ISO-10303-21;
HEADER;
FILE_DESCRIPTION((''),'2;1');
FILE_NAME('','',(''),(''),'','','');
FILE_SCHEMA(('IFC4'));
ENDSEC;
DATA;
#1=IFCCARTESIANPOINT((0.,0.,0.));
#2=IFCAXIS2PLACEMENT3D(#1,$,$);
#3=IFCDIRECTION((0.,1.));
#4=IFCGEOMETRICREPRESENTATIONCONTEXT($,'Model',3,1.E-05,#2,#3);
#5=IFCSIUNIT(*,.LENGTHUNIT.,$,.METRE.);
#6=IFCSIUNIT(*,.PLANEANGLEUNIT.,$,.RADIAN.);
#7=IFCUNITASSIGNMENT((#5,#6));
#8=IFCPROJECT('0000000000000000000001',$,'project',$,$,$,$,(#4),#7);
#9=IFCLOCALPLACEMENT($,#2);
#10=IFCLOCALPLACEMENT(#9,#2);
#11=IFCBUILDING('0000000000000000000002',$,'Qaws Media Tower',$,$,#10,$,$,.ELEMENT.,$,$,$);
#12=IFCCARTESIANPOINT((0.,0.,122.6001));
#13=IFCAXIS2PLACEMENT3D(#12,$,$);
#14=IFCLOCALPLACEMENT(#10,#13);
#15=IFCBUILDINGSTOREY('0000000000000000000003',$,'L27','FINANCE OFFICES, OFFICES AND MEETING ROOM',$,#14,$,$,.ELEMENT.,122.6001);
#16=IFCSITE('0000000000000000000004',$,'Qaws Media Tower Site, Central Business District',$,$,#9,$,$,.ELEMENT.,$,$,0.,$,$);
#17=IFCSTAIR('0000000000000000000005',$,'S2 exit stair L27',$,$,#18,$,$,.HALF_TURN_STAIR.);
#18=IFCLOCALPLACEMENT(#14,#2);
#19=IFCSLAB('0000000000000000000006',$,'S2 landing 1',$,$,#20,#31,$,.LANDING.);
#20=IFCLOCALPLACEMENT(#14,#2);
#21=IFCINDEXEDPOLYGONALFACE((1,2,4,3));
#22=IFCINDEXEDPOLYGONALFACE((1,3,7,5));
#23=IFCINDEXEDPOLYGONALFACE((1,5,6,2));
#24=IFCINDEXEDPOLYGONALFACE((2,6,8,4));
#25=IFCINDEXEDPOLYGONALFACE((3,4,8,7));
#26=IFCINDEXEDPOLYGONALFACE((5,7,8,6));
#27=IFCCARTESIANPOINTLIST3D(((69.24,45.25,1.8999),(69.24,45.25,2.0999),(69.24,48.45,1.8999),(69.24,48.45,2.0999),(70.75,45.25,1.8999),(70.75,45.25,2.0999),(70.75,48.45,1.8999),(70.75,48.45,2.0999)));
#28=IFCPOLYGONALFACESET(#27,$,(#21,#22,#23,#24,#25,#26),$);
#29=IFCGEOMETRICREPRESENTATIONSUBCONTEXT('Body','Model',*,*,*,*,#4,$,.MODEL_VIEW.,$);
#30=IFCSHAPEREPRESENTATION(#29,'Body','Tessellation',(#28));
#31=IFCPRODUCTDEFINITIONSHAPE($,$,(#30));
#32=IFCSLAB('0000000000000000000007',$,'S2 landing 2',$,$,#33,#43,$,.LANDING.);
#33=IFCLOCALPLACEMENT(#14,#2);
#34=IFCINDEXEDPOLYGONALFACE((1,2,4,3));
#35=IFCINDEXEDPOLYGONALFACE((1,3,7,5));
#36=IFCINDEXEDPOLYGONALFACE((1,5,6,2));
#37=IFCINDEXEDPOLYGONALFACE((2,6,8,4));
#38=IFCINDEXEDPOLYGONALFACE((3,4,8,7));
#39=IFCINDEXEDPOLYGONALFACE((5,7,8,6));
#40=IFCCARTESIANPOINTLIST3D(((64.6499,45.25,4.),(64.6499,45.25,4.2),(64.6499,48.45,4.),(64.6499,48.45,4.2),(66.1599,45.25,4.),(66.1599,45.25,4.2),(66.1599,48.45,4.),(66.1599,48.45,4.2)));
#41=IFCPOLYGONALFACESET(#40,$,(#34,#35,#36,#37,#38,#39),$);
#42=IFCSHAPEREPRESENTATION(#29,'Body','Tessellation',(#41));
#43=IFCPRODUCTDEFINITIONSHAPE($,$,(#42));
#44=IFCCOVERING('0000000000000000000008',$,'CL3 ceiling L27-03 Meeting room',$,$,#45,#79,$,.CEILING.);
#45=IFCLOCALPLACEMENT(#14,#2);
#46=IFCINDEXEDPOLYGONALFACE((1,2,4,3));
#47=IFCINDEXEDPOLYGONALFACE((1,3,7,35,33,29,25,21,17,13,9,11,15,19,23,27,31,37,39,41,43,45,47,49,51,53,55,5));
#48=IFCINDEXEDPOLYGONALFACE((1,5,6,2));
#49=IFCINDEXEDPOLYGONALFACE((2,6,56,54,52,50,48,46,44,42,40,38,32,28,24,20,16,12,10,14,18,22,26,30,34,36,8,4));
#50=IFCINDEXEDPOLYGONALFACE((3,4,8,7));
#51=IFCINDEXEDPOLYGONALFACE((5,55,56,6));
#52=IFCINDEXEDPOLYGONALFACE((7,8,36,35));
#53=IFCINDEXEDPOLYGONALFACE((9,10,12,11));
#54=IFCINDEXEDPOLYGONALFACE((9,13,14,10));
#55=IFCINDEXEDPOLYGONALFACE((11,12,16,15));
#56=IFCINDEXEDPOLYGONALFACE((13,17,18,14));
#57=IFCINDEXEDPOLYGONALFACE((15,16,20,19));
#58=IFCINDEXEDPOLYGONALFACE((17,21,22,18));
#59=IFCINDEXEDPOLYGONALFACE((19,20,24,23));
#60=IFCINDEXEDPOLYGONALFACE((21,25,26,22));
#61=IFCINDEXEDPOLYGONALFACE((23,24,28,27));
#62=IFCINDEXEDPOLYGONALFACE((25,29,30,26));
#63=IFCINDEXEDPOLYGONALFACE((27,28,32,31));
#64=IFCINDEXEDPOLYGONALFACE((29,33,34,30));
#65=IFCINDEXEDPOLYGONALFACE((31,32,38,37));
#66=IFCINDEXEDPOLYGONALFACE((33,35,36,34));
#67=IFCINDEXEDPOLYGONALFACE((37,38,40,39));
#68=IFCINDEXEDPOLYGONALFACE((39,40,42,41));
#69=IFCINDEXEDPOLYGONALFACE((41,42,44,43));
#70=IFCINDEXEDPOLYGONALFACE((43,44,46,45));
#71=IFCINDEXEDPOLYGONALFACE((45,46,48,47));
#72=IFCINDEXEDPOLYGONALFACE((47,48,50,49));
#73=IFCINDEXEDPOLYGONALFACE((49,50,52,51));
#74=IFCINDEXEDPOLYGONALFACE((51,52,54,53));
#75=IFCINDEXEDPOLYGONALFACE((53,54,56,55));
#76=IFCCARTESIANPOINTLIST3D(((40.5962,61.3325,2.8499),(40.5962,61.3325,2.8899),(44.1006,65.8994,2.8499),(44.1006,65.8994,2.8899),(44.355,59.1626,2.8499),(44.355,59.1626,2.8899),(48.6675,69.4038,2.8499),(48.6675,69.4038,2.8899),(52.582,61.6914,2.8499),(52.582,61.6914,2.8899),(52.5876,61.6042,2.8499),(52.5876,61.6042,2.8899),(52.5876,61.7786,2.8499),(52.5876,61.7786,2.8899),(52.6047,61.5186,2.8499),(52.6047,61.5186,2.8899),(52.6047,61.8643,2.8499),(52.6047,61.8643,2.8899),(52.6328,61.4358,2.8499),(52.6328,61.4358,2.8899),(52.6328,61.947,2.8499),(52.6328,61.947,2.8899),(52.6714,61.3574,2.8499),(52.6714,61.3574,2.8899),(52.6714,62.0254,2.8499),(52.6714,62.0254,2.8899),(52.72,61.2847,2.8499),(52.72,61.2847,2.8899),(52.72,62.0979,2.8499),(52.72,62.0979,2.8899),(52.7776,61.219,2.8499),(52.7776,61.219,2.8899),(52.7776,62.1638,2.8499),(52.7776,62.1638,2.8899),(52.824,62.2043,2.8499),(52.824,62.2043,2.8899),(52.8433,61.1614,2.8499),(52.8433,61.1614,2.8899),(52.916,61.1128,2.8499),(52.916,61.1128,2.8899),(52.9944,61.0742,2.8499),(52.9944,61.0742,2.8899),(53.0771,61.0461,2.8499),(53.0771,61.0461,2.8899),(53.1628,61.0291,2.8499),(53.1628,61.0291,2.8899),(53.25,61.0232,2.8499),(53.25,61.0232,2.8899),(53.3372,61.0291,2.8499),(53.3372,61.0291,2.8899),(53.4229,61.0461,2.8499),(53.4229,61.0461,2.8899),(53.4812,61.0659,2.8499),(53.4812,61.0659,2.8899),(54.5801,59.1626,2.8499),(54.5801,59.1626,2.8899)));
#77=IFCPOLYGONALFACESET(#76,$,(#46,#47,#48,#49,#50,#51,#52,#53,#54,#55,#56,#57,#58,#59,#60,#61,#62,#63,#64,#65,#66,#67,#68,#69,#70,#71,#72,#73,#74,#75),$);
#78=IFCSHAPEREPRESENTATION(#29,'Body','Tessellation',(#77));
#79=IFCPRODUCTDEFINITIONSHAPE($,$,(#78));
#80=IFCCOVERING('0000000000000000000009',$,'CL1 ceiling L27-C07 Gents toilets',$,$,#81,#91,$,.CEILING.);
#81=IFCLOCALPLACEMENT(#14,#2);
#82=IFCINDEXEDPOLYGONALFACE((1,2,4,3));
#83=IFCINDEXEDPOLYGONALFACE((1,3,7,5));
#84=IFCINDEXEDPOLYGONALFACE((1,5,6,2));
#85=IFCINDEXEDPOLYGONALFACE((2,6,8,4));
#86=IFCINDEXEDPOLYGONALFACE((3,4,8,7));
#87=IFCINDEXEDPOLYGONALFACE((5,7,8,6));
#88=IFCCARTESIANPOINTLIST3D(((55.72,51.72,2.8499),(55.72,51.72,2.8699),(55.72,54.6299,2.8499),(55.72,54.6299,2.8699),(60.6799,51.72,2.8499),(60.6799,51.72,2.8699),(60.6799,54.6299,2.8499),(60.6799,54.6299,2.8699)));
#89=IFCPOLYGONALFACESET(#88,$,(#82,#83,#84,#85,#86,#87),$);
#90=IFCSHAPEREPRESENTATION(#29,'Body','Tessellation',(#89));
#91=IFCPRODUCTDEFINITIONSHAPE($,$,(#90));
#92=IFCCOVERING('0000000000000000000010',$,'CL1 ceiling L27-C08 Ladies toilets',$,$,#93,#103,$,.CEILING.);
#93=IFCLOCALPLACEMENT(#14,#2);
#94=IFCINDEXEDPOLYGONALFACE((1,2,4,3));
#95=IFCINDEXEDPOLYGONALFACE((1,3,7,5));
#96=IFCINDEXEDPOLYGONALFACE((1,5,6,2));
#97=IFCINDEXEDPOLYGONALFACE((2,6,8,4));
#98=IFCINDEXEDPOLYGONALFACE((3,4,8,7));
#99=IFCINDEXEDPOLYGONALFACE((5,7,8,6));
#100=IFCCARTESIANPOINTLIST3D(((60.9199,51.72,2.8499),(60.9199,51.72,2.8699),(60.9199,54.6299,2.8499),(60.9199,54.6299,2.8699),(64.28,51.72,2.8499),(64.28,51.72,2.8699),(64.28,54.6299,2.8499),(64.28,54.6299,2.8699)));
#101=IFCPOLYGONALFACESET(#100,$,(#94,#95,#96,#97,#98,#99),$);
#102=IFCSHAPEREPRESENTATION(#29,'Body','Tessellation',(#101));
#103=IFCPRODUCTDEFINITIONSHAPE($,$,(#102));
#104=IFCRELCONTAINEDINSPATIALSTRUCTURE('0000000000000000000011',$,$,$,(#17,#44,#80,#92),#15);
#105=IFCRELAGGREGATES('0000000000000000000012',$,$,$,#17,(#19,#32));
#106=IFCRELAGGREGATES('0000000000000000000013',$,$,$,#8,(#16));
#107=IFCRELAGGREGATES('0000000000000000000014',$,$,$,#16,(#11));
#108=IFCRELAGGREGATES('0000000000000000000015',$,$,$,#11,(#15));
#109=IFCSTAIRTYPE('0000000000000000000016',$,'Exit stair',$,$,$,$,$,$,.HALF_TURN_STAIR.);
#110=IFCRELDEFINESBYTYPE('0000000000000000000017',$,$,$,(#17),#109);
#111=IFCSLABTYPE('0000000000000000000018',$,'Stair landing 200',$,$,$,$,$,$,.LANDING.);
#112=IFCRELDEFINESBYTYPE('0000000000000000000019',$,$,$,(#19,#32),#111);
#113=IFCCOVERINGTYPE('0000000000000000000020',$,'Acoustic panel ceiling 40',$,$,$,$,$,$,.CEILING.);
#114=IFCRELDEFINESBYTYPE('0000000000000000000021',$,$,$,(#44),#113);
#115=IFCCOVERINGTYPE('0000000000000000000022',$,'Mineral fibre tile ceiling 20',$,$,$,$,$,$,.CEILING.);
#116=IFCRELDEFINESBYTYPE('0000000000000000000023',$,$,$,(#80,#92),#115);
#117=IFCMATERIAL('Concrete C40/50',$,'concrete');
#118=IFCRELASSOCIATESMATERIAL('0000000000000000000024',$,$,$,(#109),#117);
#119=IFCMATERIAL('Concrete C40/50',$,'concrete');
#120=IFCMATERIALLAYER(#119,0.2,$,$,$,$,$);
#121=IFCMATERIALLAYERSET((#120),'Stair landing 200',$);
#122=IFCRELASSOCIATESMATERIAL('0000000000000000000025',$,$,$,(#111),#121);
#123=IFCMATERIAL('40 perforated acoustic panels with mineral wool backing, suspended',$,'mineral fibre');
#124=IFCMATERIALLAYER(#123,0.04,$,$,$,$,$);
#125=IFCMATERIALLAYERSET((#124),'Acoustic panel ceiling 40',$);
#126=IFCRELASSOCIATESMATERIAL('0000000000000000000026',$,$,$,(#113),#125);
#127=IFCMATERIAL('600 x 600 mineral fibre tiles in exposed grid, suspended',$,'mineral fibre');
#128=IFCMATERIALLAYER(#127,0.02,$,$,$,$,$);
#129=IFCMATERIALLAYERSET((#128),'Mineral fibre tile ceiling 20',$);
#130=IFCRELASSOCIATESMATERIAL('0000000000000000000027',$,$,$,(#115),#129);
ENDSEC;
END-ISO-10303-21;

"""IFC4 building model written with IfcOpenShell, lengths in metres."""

from ifc_helpers import new_model, si_unit, direction, frame, origin, place, context, subcontext, project, spatial, polyline, outline, extrude, material, layer, layer_set, type_object, element, aggregate, save


model = new_model("IFC4")

# Units and contexts
model_context = context("Model", 3, precision=1e-05, world=origin(), true_north=direction((0.0, 1.0)))
body_context = subcontext(model_context, "Body", "Model", "MODEL_VIEW")
ifc_project = project(units=[si_unit("LENGTHUNIT", "METRE"), si_unit("PLANEANGLEUNIT", "RADIAN")], contexts=[model_context])

# Site, building, storey
site_placement = place(None, origin())
site = spatial("IfcSite", under=ifc_project, at=site_placement, Name="Qaws Media Tower Site, Central Business District", CompositionType="ELEMENT", RefElevation=0.0)
building_placement = place(site_placement, origin())
building = spatial("IfcBuilding", under=site, at=building_placement, Name="Qaws Media Tower", CompositionType="ELEMENT")
storey_placement = place(building_placement, frame((0.0, 0.0, 122.6001)))
storey = spatial("IfcBuildingStorey", under=building, at=storey_placement, Name="L27", Description="FINANCE OFFICES, OFFICES AND MEETING ROOM", CompositionType="ELEMENT", Elevation=122.6001)

# Stair, slabs
ifc_material_1 = material(Name="Concrete C40/50", Category="concrete")
stair_type = type_object("IfcStairType", Name="Exit stair", PredefinedType="HALF_TURN_STAIR", material=ifc_material_1)
ifc_material_2 = material(Name="Concrete C40/50", Category="concrete")
ifc_layer_1 = layer(ifc_material_2, 0.2)
ifc_layer_set_1 = layer_set([ifc_layer_1], Name="Stair landing 200")
slab_type = type_object("IfcSlabType", Name="Stair landing 200", PredefinedType="LANDING", material=ifc_layer_set_1)
stair_1_placement = place(storey_placement, origin())
stair_1 = element("IfcStair", 1, at=stair_1_placement, inside=storey, type_object=stair_type, Name="S2 exit stair L27", PredefinedType="HALF_TURN_STAIR")
slab_1_placement = place(storey_placement, frame((0.0, 0.0, 1.8999)))
slab_1 = element("IfcSlab", 2, at=slab_1_placement, type_object=slab_type, Name="S2 landing 1", PredefinedType="LANDING", context=body_context, shape_type="SweptSolid", body=[
    extrude(outline(polyline([(69.24, 45.25), (70.75, 45.25), (70.75, 48.45), (69.24, 48.45), (69.24, 45.25)])), origin(), (0.0, 0.0, 1.0), 0.2),
])
slab_2_placement = place(storey_placement, frame((0.0, 0.0, 4.0)))
slab_2 = element("IfcSlab", 3, at=slab_2_placement, type_object=slab_type, Name="S2 landing 2", PredefinedType="LANDING", context=body_context, shape_type="SweptSolid", body=[
    extrude(outline(polyline([(64.6499, 45.25), (66.1599, 45.25), (66.1599, 48.45), (64.6499, 48.45), (64.6499, 45.25)])), origin(), (0.0, 0.0, 1.0), 0.2),
])
aggregate(stair_1, [slab_1, slab_2])

# Coverings
ifc_material_3 = material(Name="40 perforated acoustic panels with mineral wool backing, suspended", Category="mineral fibre")
ifc_layer_2 = layer(ifc_material_3, 0.04)
ifc_layer_set_2 = layer_set([ifc_layer_2], Name="Acoustic panel ceiling 40")
covering_type_1 = type_object("IfcCoveringType", Name="Acoustic panel ceiling 40", PredefinedType="CEILING", material=ifc_layer_set_2)
covering_1_placement = place(storey_placement, frame((0.0, 0.0, 2.8499)))
element("IfcCovering", 4, at=covering_1_placement, inside=storey, type_object=covering_type_1, Name="CL3 ceiling L27-03 Meeting room", PredefinedType="CEILING", context=body_context, shape_type="SweptSolid", body=[
    extrude(outline(polyline([(44.1006, 65.8994), (48.6675, 69.4038), (52.824, 62.2043), (52.7776, 62.1638), (52.72, 62.0979), (52.6714, 62.0254), (52.6328, 61.947), (52.6047, 61.8643), (52.5876, 61.7786), (52.582, 61.6914), (52.5876, 61.6042), (52.6047, 61.5186), (52.6328, 61.4358), (52.6714, 61.3574), (52.72, 61.2847), (52.7776, 61.219), (52.8433, 61.1614), (52.916, 61.1128), (52.9944, 61.0742), (53.0771, 61.0461), (53.1628, 61.0291), (53.25, 61.0232), (53.3372, 61.0291), (53.4229, 61.0461), (53.4812, 61.0659), (54.5801, 59.1626), (44.355, 59.1626), (40.5962, 61.3325), (44.1006, 65.8994)])), origin(), (0.0, 0.0, 1.0), 0.04),
])
ifc_material_4 = material(Name="600 x 600 mineral fibre tiles in exposed grid, suspended", Category="mineral fibre")
ifc_layer_3 = layer(ifc_material_4, 0.02)
ifc_layer_set_3 = layer_set([ifc_layer_3], Name="Mineral fibre tile ceiling 20")
covering_type_2 = type_object("IfcCoveringType", Name="Mineral fibre tile ceiling 20", PredefinedType="CEILING", material=ifc_layer_set_3)
covering_2_placement = place(storey_placement, frame((0.0, 0.0, 2.8499)))
element("IfcCovering", 5, at=covering_2_placement, inside=storey, type_object=covering_type_2, Name="CL1 ceiling L27-C07 Gents toilets", PredefinedType="CEILING", context=body_context, shape_type="SweptSolid", body=[
    extrude(outline(polyline([(55.72, 51.72), (55.72, 54.6299), (60.6799, 54.6299), (60.6799, 51.72), (55.72, 51.72)])), origin(), (0.0, 0.0, 1.0), 0.02),
])
covering_3_placement = place(storey_placement, frame((0.0, 0.0, 2.8499)))
element("IfcCovering", 6, at=covering_3_placement, inside=storey, type_object=covering_type_2, Name="CL1 ceiling L27-C08 Ladies toilets", PredefinedType="CEILING", context=body_context, shape_type="SweptSolid", body=[
    extrude(outline(polyline([(60.9199, 51.72), (60.9199, 54.6299), (64.28, 54.6299), (64.28, 51.72), (60.9199, 51.72)])), origin(), (0.0, 0.0, 1.0), 0.02),
])

save(model, "model.ifc")
